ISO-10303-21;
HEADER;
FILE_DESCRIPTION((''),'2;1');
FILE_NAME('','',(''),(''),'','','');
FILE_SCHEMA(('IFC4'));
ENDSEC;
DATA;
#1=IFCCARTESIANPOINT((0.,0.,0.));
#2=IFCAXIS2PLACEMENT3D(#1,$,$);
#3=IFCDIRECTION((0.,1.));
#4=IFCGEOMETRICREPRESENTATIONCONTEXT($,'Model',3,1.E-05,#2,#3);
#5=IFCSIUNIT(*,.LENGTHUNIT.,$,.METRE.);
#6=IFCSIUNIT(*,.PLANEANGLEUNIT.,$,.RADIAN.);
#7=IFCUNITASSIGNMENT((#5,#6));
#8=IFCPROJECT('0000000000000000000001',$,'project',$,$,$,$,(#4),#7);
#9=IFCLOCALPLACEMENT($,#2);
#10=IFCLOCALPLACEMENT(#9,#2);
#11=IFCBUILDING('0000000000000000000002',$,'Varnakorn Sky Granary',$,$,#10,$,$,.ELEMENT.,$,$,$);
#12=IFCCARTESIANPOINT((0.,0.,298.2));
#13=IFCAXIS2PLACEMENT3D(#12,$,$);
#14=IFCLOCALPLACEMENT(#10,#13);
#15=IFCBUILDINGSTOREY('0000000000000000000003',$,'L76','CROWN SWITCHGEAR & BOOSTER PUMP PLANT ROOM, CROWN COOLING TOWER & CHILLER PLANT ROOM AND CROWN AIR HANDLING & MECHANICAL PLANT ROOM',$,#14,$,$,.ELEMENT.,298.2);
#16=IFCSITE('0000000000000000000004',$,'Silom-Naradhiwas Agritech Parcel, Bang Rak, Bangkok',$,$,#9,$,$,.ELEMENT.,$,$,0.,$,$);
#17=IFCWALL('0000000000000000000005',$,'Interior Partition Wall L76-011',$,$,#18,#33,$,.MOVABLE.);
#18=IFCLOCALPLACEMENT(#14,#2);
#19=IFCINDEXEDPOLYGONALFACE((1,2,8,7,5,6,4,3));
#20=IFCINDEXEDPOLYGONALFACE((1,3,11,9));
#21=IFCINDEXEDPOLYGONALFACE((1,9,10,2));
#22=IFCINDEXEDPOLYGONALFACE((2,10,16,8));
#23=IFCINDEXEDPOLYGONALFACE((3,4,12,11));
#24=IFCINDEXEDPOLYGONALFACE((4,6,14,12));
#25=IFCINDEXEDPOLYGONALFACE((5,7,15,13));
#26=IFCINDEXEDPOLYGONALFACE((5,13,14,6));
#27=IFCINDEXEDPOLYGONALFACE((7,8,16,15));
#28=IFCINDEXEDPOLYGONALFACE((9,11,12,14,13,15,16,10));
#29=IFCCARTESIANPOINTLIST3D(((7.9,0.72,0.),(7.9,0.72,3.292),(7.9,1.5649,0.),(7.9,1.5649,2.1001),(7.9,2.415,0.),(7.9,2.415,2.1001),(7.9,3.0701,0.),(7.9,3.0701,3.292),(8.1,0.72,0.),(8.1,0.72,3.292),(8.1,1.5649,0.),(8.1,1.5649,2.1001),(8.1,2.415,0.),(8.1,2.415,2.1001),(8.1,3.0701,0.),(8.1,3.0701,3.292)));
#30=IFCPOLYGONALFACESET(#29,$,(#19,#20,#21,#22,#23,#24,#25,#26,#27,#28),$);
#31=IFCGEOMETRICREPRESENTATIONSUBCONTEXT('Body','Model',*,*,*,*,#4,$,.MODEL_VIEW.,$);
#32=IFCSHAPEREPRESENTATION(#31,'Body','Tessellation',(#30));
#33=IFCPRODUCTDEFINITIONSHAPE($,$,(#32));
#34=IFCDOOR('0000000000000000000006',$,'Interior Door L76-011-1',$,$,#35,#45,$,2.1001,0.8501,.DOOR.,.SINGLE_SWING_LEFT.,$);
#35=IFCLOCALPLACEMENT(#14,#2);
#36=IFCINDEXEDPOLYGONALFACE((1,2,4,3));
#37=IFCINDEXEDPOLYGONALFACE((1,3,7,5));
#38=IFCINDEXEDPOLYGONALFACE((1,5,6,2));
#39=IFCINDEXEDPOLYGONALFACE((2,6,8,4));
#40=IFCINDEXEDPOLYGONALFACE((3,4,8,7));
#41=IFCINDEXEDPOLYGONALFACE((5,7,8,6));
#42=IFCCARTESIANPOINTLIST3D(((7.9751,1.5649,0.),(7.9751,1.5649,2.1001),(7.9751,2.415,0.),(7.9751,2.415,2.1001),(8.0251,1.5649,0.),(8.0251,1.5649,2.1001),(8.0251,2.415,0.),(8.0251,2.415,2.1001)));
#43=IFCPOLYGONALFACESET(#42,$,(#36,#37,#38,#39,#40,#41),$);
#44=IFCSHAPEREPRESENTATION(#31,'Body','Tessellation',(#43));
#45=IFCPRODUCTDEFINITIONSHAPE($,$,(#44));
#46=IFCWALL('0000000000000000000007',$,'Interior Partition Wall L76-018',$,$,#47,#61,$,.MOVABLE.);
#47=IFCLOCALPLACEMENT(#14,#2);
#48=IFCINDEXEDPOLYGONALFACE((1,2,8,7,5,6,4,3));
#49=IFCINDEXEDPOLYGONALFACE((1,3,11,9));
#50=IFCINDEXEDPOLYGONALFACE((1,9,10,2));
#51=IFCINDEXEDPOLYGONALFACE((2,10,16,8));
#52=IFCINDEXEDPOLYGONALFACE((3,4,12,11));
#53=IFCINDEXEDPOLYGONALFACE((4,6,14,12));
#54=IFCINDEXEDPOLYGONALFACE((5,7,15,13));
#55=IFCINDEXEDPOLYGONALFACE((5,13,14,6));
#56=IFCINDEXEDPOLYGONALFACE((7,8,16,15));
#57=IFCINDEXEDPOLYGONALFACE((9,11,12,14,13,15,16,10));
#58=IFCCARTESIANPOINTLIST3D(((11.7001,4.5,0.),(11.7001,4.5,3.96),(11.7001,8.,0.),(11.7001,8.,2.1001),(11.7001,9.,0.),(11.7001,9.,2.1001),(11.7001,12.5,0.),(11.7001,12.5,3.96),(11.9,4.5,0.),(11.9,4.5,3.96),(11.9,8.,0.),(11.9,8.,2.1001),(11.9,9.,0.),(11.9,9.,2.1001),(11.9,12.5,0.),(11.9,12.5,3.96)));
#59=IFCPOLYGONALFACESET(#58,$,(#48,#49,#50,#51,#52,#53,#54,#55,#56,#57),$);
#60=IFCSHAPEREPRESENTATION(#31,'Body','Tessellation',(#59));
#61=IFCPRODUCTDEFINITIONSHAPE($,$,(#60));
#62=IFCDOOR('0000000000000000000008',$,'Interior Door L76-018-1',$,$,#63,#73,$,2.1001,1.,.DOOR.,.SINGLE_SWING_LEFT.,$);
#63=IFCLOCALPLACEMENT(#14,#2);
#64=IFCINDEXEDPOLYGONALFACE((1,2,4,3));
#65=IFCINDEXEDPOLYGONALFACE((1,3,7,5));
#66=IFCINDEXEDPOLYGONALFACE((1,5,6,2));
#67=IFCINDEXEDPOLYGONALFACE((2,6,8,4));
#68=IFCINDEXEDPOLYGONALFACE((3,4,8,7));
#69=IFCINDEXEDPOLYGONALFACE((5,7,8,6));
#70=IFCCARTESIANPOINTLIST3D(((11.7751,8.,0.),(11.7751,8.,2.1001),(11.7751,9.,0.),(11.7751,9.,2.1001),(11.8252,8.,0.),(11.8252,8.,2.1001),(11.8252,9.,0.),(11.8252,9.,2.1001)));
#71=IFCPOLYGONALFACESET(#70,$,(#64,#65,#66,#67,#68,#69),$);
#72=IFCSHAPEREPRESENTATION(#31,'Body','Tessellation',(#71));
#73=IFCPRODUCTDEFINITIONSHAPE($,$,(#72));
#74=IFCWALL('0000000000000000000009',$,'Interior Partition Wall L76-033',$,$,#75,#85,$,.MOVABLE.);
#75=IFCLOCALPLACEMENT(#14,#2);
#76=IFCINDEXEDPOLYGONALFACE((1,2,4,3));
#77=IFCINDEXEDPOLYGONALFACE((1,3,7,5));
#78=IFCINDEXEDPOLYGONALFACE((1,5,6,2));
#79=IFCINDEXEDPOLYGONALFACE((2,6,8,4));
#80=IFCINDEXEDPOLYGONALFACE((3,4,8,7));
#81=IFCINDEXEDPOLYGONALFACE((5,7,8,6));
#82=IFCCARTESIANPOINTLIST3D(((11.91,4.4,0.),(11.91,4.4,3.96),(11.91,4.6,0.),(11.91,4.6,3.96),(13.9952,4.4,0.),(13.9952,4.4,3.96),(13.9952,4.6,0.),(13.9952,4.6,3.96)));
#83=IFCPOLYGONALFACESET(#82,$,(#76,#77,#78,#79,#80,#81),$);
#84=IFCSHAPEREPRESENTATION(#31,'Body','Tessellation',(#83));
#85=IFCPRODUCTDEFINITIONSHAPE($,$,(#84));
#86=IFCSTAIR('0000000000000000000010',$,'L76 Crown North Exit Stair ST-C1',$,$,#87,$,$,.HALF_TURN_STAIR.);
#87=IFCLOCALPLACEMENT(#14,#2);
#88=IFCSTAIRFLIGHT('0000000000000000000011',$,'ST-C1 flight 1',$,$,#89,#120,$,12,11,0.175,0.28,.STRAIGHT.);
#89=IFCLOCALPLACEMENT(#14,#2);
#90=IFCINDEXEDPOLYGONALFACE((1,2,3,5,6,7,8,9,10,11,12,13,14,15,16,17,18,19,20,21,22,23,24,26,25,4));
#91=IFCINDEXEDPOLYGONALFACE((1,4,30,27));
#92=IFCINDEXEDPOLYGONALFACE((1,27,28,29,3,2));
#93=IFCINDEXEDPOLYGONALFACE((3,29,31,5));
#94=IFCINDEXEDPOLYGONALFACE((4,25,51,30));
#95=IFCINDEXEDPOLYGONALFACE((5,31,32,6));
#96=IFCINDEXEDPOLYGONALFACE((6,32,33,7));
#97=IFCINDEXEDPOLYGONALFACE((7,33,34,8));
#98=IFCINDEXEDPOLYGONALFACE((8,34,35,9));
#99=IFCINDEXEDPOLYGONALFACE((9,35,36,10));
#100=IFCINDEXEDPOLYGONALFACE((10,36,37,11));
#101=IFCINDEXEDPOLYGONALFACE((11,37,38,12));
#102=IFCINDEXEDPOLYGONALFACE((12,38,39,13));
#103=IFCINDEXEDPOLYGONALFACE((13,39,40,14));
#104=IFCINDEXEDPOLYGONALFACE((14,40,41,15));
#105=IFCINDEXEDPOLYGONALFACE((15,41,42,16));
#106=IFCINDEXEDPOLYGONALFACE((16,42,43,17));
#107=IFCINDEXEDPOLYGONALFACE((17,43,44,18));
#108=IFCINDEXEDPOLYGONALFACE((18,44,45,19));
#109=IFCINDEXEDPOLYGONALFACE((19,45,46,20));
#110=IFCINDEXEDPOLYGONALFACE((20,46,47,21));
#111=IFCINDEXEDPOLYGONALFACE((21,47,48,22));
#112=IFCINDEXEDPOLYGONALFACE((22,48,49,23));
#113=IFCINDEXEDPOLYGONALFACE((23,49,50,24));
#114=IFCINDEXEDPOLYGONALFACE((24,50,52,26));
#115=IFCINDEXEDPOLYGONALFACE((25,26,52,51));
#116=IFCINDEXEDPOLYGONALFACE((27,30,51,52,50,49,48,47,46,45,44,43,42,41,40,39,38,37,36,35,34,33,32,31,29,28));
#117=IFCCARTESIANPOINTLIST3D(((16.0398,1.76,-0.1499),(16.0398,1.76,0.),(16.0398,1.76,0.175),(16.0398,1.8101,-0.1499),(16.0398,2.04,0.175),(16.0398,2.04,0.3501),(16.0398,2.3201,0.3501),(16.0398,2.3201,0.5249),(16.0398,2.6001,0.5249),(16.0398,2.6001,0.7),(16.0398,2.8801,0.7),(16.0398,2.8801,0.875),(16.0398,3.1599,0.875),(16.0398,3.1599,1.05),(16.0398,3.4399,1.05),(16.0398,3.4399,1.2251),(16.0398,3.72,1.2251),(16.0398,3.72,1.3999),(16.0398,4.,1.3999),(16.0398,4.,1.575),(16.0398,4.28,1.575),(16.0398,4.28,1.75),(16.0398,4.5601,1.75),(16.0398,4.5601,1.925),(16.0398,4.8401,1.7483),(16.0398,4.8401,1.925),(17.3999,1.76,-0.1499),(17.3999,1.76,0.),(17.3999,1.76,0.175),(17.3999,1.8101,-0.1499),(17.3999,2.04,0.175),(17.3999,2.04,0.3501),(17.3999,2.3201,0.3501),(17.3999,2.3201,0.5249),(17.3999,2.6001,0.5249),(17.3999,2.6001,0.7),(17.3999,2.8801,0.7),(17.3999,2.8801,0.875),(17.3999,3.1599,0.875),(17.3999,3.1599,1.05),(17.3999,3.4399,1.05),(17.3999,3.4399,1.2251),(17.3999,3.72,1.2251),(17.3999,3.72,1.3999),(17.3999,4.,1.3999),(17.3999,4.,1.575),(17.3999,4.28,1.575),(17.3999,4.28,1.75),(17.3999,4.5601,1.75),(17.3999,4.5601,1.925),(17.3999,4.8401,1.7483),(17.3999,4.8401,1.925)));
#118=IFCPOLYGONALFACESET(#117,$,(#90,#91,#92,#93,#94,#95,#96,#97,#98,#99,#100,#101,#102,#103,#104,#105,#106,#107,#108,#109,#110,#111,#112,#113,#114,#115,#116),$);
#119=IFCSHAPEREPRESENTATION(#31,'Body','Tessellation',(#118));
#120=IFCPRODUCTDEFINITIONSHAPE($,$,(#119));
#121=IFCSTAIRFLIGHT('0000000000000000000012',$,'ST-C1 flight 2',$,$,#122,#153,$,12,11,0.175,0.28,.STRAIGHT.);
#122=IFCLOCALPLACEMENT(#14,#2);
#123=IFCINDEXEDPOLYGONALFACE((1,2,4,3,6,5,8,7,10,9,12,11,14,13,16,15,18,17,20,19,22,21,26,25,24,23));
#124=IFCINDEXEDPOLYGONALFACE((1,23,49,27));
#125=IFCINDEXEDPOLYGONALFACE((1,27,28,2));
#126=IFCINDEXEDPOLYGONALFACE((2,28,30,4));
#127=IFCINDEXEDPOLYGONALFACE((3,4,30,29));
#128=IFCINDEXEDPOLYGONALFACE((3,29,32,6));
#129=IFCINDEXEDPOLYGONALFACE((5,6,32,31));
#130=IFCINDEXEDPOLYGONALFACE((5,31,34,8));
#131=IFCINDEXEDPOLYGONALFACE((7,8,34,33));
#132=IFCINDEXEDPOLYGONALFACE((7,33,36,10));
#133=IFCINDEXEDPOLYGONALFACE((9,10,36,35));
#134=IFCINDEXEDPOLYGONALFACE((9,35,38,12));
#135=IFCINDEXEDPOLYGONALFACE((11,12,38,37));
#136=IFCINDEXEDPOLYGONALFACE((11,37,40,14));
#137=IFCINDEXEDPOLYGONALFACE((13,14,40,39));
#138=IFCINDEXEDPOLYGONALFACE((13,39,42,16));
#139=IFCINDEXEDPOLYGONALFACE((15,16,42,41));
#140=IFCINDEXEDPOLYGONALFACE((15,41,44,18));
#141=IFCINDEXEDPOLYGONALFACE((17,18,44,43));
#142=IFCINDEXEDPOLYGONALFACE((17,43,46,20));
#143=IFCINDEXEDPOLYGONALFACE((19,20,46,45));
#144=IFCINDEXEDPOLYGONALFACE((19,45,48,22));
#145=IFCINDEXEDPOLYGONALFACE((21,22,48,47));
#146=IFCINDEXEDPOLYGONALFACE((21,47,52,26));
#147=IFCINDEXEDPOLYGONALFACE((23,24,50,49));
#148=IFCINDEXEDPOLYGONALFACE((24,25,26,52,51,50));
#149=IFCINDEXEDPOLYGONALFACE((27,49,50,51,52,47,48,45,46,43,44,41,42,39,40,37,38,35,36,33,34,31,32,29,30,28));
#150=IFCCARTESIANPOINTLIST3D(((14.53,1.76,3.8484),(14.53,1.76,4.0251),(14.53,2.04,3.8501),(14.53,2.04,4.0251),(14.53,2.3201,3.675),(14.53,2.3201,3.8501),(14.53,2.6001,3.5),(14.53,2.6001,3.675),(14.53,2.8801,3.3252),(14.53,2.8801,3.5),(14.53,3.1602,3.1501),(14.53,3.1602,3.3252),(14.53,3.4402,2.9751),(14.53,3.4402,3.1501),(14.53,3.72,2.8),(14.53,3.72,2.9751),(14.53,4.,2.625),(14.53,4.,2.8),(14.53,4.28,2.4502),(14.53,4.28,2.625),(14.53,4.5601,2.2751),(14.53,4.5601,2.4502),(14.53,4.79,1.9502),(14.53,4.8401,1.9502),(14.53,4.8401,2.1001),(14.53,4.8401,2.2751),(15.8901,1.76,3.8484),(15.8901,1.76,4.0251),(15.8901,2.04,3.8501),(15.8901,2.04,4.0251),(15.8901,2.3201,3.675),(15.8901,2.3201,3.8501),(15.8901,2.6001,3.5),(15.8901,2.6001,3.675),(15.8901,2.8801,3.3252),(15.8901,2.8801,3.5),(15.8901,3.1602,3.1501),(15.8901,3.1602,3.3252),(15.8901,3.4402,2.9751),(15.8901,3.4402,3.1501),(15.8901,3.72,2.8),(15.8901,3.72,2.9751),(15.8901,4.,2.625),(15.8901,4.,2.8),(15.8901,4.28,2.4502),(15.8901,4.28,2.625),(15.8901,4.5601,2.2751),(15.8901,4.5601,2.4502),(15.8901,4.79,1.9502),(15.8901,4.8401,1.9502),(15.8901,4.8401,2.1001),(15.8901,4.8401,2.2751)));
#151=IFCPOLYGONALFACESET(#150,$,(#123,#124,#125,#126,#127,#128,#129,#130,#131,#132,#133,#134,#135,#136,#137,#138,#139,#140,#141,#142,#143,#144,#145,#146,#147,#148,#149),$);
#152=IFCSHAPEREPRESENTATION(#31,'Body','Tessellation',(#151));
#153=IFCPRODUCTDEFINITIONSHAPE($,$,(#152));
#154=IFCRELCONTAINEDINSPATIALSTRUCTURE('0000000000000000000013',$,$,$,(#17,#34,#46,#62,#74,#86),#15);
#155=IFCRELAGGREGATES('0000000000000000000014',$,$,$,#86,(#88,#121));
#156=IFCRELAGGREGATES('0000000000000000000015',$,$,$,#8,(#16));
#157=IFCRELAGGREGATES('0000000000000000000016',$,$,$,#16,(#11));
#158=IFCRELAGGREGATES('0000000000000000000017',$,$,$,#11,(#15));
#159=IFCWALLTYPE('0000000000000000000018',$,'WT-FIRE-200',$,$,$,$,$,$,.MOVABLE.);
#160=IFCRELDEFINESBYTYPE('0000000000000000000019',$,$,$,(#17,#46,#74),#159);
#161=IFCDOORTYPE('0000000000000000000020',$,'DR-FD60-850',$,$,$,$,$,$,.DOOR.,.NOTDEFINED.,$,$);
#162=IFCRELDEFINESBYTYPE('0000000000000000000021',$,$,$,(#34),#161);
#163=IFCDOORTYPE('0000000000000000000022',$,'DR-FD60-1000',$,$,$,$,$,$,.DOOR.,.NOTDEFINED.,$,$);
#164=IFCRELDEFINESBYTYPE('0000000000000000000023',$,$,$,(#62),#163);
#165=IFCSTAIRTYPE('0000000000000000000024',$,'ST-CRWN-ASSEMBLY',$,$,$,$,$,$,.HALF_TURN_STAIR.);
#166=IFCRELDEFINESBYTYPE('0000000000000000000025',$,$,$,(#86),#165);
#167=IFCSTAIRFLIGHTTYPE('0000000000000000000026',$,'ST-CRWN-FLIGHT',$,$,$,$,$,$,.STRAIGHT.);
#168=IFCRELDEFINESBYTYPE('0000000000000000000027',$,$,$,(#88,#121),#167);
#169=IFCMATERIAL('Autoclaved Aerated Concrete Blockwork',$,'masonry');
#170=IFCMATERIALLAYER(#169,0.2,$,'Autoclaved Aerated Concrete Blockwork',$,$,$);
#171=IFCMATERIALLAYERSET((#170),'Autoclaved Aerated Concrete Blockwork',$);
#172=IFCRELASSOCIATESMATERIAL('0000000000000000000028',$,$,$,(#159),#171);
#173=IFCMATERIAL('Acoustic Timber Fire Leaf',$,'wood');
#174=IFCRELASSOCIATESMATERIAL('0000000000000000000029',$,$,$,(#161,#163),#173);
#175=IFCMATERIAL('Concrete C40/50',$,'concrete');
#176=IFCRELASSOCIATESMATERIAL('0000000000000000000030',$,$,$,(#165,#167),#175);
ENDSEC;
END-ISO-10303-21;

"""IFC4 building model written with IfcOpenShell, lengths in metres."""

from ifc_helpers import new_model, si_unit, direction, frame, frame_2d, origin, place, context, subcontext, project, spatial, polyline, rectangle, outline, extrude, material, layer, layer_set, type_object, element, fill, aggregate, save


model = new_model("IFC4")

# Units and contexts
model_context = context("Model", 3, precision=1e-05, world=origin(), true_north=direction((0.0, 1.0)))
body_context = subcontext(model_context, "Body", "Model", "MODEL_VIEW")
ifc_project = project(units=[si_unit("LENGTHUNIT", "METRE"), si_unit("PLANEANGLEUNIT", "RADIAN")], contexts=[model_context])

# Site, building, storey
site_placement = place(None, origin())
site = spatial("IfcSite", under=ifc_project, at=site_placement, Name="Silom-Naradhiwas Agritech Parcel, Bang Rak, Bangkok", CompositionType="ELEMENT", RefElevation=0.0)
building_placement = place(site_placement, origin())
building = spatial("IfcBuilding", under=site, at=building_placement, Name="Varnakorn Sky Granary", CompositionType="ELEMENT")
storey_placement = place(building_placement, frame((0.0, 0.0, 298.2)))
storey = spatial("IfcBuildingStorey", under=building, at=storey_placement, Name="L76", Description="CROWN SWITCHGEAR & BOOSTER PUMP PLANT ROOM, CROWN COOLING TOWER & CHILLER PLANT ROOM AND CROWN AIR HANDLING & MECHANICAL PLANT ROOM", CompositionType="ELEMENT", Elevation=298.2)

# Walls, openings, doors
ifc_material_1 = material(Name="Autoclaved Aerated Concrete Blockwork", Category="masonry")
ifc_layer_1 = layer(ifc_material_1, 0.2, Name="Autoclaved Aerated Concrete Blockwork")
ifc_layer_set_1 = layer_set([ifc_layer_1], Name="Autoclaved Aerated Concrete Blockwork")
wall_type_1 = type_object("IfcWallType", Name="WT-FIRE-200", PredefinedType="MOVABLE", material=ifc_layer_set_1)
wall_1_placement = place(storey_placement, frame((8.0, 0.72, 0.0), z_axis=(0.0, 0.0, 1.0), x_axis=(0.0, 1.0, 0.0)))
wall_1 = element("IfcWall", 1, at=wall_1_placement, inside=storey, type_object=wall_type_1, Name="Interior Partition Wall L76-011", PredefinedType="MOVABLE", context=body_context, shape_type="SweptSolid", body=[
    extrude(rectangle(XDim=2.3501, YDim=0.2, at=frame_2d((1.175, 0.0))), origin(), (0.0, 0.0, 1.0), 3.292),
])
opening_1_placement = place(wall_1_placement, frame((0.845, 0.0, 0.0)))
opening_1 = element("IfcOpeningElement", 2, at=opening_1_placement, cuts=wall_1, PredefinedType="OPENING", context=body_context, shape_type="SweptSolid", body=[
    extrude(rectangle(XDim=0.8501, YDim=2.1001, at=frame_2d((0.425, 1.05))), frame((0.0, 0.1099, 0.0), z_axis=(0.0, -1.0, 0.0), x_axis=(1.0, 0.0, 0.0)), (0.0, 0.0, 1.0), 0.22),
])
ifc_material_2 = material(Name="Acoustic Timber Fire Leaf", Category="wood")
door_type_1 = type_object("IfcDoorType", Name="DR-FD60-850", OperationType="NOTDEFINED", PredefinedType="DOOR", material=ifc_material_2)
door_1_placement = place(opening_1_placement, origin())
door_1 = element("IfcDoor", 3, at=door_1_placement, inside=storey, type_object=door_type_1, Name="Interior Door L76-011-1", OperationType="SINGLE_SWING_LEFT", OverallHeight=2.1001, OverallWidth=0.8501, PredefinedType="DOOR", context=body_context, shape_type="SweptSolid", body=[
    extrude(rectangle(XDim=0.8501, YDim=2.1001, at=frame_2d((0.425, 1.05))), frame((0.0, 0.0249, 0.0), z_axis=(0.0, -1.0, 0.0), x_axis=(1.0, 0.0, 0.0)), (0.0, 0.0, 1.0), 0.05),
])
fill(opening_1, door_1)
wall_2_placement = place(storey_placement, frame((11.8, 4.5, 0.0), z_axis=(0.0, 0.0, 1.0), x_axis=(0.0, 1.0, 0.0)))
wall_2 = element("IfcWall", 4, at=wall_2_placement, inside=storey, type_object=wall_type_1, Name="Interior Partition Wall L76-018", PredefinedType="MOVABLE", context=body_context, shape_type="SweptSolid", body=[
    extrude(rectangle(XDim=8.0, YDim=0.2, at=frame_2d((4.0, 0.0))), origin(), (0.0, 0.0, 1.0), 3.96),
])
opening_2_placement = place(wall_2_placement, frame((3.5, 0.0, 0.0)))
opening_2 = element("IfcOpeningElement", 5, at=opening_2_placement, cuts=wall_2, PredefinedType="OPENING", context=body_context, shape_type="SweptSolid", body=[
    extrude(rectangle(XDim=1.0, YDim=2.1001, at=frame_2d((0.5, 1.05))), frame((0.0, 0.1099, 0.0), z_axis=(0.0, -1.0, 0.0), x_axis=(1.0, 0.0, 0.0)), (0.0, 0.0, 1.0), 0.22),
])
door_type_2 = type_object("IfcDoorType", Name="DR-FD60-1000", OperationType="NOTDEFINED", PredefinedType="DOOR", material=ifc_material_2)
door_2_placement = place(opening_2_placement, origin())
door_2 = element("IfcDoor", 6, at=door_2_placement, inside=storey, type_object=door_type_2, Name="Interior Door L76-018-1", OperationType="SINGLE_SWING_LEFT", OverallHeight=2.1001, OverallWidth=1.0, PredefinedType="DOOR", context=body_context, shape_type="SweptSolid", body=[
    extrude(rectangle(XDim=1.0, YDim=2.1001, at=frame_2d((0.5, 1.05))), frame((0.0, 0.0249, 0.0), z_axis=(0.0, -1.0, 0.0), x_axis=(1.0, 0.0, 0.0)), (0.0, 0.0, 1.0), 0.05),
])
fill(opening_2, door_2)

# Wall
wall_3_placement = place(storey_placement, frame((13.9951, 4.5, 0.0), z_axis=(0.0, 0.0, 1.0), x_axis=(-1.0, 0.0, 0.0)))
element("IfcWall", 7, at=wall_3_placement, inside=storey, type_object=wall_type_1, Name="Interior Partition Wall L76-033", PredefinedType="MOVABLE", context=body_context, shape_type="SweptSolid", body=[
    extrude(rectangle(XDim=2.0852, YDim=0.2, at=frame_2d((1.0425, 0.0))), origin(), (0.0, 0.0, 1.0), 3.96),
])

# Stair, stair flights
ifc_material_3 = material(Name="Concrete C40/50", Category="concrete")
stair_type = type_object("IfcStairType", Name="ST-CRWN-ASSEMBLY", PredefinedType="HALF_TURN_STAIR", material=ifc_material_3)
stair_placement = place(storey_placement, origin())
stair = element("IfcStair", 8, at=stair_placement, inside=storey, type_object=stair_type, Name="L76 Crown North Exit Stair ST-C1", PredefinedType="HALF_TURN_STAIR")
stair_flight_type = type_object("IfcStairFlightType", Name="ST-CRWN-FLIGHT", PredefinedType="STRAIGHT", material=ifc_material_3)
stair_flight_1_placement = place(storey_placement, frame((16.72, 1.76, 0.0), z_axis=(0.0, 0.0, 1.0), x_axis=(0.0, 1.0, 0.0)))
stair_flight_1 = element("IfcStairFlight", 9, at=stair_flight_1_placement, type_object=stair_flight_type, Name="ST-C1 flight 1", NumberOfRisers=12, NumberOfTreads=11, PredefinedType="STRAIGHT", RiserHeight=0.175, TreadLength=0.28, context=body_context, shape_type="SweptSolid", body=[
    extrude(outline(polyline([(0.0, -0.1499), (0.0, 0.0), (0.0, 0.175), (0.28, 0.175), (0.28, 0.3501), (0.5601, 0.3501), (0.5601, 0.5249), (0.8401, 0.5249), (0.8401, 0.7), (1.1201, 0.7), (1.1201, 0.875), (1.3999, 0.875), (1.3999, 1.05), (1.6799, 1.05), (1.6799, 1.2251), (1.96, 1.2251), (1.96, 1.3999), (2.24, 1.3999), (2.24, 1.575), (2.52, 1.575), (2.52, 1.75), (2.8, 1.75), (2.8, 1.925), (3.0801, 1.925), (3.0801, 2.1001), (3.0801, 1.7483), (0.05, -0.1499), (0.0, -0.1499)])), frame((0.0, 0.6802, 0.0), z_axis=(0.0, -1.0, 0.0), x_axis=(1.0, 0.0, 0.0)), (0.0, 0.0, 1.0), 1.3601),
])
stair_flight_2_placement = place(storey_placement, frame((15.21, 4.8401, 2.1001), z_axis=(0.0, 0.0, 1.0), x_axis=(0.0, -1.0, 0.0)))
stair_flight_2 = element("IfcStairFlight", 10, at=stair_flight_2_placement, type_object=stair_flight_type, Name="ST-C1 flight 2", NumberOfRisers=12, NumberOfTreads=11, PredefinedType="STRAIGHT", RiserHeight=0.175, TreadLength=0.28, context=body_context, shape_type="SweptSolid", body=[
    extrude(outline(polyline([(0.0, -0.1499), (0.0, 0.0), (0.0, 0.175), (0.28, 0.175), (0.28, 0.3501), (0.5601, 0.3501), (0.5601, 0.5249), (0.8401, 0.5249), (0.8401, 0.7), (1.1201, 0.7), (1.1201, 0.875), (1.3999, 0.875), (1.3999, 1.05), (1.6799, 1.05), (1.6799, 1.2251), (1.96, 1.2251), (1.96, 1.3999), (2.24, 1.3999), (2.24, 1.575), (2.52, 1.575), (2.52, 1.75), (2.8, 1.75), (2.8, 1.925), (3.0801, 1.925), (3.0801, 2.1001), (3.0801, 1.7483), (0.05, -0.1499), (0.0, -0.1499)])), frame((0.0, 0.6802, 0.0), z_axis=(0.0, -1.0, 0.0), x_axis=(1.0, 0.0, 0.0)), (0.0, 0.0, 1.0), 1.3601),
])
aggregate(stair, [stair_flight_1, stair_flight_2])

save(model, "model.ifc")
